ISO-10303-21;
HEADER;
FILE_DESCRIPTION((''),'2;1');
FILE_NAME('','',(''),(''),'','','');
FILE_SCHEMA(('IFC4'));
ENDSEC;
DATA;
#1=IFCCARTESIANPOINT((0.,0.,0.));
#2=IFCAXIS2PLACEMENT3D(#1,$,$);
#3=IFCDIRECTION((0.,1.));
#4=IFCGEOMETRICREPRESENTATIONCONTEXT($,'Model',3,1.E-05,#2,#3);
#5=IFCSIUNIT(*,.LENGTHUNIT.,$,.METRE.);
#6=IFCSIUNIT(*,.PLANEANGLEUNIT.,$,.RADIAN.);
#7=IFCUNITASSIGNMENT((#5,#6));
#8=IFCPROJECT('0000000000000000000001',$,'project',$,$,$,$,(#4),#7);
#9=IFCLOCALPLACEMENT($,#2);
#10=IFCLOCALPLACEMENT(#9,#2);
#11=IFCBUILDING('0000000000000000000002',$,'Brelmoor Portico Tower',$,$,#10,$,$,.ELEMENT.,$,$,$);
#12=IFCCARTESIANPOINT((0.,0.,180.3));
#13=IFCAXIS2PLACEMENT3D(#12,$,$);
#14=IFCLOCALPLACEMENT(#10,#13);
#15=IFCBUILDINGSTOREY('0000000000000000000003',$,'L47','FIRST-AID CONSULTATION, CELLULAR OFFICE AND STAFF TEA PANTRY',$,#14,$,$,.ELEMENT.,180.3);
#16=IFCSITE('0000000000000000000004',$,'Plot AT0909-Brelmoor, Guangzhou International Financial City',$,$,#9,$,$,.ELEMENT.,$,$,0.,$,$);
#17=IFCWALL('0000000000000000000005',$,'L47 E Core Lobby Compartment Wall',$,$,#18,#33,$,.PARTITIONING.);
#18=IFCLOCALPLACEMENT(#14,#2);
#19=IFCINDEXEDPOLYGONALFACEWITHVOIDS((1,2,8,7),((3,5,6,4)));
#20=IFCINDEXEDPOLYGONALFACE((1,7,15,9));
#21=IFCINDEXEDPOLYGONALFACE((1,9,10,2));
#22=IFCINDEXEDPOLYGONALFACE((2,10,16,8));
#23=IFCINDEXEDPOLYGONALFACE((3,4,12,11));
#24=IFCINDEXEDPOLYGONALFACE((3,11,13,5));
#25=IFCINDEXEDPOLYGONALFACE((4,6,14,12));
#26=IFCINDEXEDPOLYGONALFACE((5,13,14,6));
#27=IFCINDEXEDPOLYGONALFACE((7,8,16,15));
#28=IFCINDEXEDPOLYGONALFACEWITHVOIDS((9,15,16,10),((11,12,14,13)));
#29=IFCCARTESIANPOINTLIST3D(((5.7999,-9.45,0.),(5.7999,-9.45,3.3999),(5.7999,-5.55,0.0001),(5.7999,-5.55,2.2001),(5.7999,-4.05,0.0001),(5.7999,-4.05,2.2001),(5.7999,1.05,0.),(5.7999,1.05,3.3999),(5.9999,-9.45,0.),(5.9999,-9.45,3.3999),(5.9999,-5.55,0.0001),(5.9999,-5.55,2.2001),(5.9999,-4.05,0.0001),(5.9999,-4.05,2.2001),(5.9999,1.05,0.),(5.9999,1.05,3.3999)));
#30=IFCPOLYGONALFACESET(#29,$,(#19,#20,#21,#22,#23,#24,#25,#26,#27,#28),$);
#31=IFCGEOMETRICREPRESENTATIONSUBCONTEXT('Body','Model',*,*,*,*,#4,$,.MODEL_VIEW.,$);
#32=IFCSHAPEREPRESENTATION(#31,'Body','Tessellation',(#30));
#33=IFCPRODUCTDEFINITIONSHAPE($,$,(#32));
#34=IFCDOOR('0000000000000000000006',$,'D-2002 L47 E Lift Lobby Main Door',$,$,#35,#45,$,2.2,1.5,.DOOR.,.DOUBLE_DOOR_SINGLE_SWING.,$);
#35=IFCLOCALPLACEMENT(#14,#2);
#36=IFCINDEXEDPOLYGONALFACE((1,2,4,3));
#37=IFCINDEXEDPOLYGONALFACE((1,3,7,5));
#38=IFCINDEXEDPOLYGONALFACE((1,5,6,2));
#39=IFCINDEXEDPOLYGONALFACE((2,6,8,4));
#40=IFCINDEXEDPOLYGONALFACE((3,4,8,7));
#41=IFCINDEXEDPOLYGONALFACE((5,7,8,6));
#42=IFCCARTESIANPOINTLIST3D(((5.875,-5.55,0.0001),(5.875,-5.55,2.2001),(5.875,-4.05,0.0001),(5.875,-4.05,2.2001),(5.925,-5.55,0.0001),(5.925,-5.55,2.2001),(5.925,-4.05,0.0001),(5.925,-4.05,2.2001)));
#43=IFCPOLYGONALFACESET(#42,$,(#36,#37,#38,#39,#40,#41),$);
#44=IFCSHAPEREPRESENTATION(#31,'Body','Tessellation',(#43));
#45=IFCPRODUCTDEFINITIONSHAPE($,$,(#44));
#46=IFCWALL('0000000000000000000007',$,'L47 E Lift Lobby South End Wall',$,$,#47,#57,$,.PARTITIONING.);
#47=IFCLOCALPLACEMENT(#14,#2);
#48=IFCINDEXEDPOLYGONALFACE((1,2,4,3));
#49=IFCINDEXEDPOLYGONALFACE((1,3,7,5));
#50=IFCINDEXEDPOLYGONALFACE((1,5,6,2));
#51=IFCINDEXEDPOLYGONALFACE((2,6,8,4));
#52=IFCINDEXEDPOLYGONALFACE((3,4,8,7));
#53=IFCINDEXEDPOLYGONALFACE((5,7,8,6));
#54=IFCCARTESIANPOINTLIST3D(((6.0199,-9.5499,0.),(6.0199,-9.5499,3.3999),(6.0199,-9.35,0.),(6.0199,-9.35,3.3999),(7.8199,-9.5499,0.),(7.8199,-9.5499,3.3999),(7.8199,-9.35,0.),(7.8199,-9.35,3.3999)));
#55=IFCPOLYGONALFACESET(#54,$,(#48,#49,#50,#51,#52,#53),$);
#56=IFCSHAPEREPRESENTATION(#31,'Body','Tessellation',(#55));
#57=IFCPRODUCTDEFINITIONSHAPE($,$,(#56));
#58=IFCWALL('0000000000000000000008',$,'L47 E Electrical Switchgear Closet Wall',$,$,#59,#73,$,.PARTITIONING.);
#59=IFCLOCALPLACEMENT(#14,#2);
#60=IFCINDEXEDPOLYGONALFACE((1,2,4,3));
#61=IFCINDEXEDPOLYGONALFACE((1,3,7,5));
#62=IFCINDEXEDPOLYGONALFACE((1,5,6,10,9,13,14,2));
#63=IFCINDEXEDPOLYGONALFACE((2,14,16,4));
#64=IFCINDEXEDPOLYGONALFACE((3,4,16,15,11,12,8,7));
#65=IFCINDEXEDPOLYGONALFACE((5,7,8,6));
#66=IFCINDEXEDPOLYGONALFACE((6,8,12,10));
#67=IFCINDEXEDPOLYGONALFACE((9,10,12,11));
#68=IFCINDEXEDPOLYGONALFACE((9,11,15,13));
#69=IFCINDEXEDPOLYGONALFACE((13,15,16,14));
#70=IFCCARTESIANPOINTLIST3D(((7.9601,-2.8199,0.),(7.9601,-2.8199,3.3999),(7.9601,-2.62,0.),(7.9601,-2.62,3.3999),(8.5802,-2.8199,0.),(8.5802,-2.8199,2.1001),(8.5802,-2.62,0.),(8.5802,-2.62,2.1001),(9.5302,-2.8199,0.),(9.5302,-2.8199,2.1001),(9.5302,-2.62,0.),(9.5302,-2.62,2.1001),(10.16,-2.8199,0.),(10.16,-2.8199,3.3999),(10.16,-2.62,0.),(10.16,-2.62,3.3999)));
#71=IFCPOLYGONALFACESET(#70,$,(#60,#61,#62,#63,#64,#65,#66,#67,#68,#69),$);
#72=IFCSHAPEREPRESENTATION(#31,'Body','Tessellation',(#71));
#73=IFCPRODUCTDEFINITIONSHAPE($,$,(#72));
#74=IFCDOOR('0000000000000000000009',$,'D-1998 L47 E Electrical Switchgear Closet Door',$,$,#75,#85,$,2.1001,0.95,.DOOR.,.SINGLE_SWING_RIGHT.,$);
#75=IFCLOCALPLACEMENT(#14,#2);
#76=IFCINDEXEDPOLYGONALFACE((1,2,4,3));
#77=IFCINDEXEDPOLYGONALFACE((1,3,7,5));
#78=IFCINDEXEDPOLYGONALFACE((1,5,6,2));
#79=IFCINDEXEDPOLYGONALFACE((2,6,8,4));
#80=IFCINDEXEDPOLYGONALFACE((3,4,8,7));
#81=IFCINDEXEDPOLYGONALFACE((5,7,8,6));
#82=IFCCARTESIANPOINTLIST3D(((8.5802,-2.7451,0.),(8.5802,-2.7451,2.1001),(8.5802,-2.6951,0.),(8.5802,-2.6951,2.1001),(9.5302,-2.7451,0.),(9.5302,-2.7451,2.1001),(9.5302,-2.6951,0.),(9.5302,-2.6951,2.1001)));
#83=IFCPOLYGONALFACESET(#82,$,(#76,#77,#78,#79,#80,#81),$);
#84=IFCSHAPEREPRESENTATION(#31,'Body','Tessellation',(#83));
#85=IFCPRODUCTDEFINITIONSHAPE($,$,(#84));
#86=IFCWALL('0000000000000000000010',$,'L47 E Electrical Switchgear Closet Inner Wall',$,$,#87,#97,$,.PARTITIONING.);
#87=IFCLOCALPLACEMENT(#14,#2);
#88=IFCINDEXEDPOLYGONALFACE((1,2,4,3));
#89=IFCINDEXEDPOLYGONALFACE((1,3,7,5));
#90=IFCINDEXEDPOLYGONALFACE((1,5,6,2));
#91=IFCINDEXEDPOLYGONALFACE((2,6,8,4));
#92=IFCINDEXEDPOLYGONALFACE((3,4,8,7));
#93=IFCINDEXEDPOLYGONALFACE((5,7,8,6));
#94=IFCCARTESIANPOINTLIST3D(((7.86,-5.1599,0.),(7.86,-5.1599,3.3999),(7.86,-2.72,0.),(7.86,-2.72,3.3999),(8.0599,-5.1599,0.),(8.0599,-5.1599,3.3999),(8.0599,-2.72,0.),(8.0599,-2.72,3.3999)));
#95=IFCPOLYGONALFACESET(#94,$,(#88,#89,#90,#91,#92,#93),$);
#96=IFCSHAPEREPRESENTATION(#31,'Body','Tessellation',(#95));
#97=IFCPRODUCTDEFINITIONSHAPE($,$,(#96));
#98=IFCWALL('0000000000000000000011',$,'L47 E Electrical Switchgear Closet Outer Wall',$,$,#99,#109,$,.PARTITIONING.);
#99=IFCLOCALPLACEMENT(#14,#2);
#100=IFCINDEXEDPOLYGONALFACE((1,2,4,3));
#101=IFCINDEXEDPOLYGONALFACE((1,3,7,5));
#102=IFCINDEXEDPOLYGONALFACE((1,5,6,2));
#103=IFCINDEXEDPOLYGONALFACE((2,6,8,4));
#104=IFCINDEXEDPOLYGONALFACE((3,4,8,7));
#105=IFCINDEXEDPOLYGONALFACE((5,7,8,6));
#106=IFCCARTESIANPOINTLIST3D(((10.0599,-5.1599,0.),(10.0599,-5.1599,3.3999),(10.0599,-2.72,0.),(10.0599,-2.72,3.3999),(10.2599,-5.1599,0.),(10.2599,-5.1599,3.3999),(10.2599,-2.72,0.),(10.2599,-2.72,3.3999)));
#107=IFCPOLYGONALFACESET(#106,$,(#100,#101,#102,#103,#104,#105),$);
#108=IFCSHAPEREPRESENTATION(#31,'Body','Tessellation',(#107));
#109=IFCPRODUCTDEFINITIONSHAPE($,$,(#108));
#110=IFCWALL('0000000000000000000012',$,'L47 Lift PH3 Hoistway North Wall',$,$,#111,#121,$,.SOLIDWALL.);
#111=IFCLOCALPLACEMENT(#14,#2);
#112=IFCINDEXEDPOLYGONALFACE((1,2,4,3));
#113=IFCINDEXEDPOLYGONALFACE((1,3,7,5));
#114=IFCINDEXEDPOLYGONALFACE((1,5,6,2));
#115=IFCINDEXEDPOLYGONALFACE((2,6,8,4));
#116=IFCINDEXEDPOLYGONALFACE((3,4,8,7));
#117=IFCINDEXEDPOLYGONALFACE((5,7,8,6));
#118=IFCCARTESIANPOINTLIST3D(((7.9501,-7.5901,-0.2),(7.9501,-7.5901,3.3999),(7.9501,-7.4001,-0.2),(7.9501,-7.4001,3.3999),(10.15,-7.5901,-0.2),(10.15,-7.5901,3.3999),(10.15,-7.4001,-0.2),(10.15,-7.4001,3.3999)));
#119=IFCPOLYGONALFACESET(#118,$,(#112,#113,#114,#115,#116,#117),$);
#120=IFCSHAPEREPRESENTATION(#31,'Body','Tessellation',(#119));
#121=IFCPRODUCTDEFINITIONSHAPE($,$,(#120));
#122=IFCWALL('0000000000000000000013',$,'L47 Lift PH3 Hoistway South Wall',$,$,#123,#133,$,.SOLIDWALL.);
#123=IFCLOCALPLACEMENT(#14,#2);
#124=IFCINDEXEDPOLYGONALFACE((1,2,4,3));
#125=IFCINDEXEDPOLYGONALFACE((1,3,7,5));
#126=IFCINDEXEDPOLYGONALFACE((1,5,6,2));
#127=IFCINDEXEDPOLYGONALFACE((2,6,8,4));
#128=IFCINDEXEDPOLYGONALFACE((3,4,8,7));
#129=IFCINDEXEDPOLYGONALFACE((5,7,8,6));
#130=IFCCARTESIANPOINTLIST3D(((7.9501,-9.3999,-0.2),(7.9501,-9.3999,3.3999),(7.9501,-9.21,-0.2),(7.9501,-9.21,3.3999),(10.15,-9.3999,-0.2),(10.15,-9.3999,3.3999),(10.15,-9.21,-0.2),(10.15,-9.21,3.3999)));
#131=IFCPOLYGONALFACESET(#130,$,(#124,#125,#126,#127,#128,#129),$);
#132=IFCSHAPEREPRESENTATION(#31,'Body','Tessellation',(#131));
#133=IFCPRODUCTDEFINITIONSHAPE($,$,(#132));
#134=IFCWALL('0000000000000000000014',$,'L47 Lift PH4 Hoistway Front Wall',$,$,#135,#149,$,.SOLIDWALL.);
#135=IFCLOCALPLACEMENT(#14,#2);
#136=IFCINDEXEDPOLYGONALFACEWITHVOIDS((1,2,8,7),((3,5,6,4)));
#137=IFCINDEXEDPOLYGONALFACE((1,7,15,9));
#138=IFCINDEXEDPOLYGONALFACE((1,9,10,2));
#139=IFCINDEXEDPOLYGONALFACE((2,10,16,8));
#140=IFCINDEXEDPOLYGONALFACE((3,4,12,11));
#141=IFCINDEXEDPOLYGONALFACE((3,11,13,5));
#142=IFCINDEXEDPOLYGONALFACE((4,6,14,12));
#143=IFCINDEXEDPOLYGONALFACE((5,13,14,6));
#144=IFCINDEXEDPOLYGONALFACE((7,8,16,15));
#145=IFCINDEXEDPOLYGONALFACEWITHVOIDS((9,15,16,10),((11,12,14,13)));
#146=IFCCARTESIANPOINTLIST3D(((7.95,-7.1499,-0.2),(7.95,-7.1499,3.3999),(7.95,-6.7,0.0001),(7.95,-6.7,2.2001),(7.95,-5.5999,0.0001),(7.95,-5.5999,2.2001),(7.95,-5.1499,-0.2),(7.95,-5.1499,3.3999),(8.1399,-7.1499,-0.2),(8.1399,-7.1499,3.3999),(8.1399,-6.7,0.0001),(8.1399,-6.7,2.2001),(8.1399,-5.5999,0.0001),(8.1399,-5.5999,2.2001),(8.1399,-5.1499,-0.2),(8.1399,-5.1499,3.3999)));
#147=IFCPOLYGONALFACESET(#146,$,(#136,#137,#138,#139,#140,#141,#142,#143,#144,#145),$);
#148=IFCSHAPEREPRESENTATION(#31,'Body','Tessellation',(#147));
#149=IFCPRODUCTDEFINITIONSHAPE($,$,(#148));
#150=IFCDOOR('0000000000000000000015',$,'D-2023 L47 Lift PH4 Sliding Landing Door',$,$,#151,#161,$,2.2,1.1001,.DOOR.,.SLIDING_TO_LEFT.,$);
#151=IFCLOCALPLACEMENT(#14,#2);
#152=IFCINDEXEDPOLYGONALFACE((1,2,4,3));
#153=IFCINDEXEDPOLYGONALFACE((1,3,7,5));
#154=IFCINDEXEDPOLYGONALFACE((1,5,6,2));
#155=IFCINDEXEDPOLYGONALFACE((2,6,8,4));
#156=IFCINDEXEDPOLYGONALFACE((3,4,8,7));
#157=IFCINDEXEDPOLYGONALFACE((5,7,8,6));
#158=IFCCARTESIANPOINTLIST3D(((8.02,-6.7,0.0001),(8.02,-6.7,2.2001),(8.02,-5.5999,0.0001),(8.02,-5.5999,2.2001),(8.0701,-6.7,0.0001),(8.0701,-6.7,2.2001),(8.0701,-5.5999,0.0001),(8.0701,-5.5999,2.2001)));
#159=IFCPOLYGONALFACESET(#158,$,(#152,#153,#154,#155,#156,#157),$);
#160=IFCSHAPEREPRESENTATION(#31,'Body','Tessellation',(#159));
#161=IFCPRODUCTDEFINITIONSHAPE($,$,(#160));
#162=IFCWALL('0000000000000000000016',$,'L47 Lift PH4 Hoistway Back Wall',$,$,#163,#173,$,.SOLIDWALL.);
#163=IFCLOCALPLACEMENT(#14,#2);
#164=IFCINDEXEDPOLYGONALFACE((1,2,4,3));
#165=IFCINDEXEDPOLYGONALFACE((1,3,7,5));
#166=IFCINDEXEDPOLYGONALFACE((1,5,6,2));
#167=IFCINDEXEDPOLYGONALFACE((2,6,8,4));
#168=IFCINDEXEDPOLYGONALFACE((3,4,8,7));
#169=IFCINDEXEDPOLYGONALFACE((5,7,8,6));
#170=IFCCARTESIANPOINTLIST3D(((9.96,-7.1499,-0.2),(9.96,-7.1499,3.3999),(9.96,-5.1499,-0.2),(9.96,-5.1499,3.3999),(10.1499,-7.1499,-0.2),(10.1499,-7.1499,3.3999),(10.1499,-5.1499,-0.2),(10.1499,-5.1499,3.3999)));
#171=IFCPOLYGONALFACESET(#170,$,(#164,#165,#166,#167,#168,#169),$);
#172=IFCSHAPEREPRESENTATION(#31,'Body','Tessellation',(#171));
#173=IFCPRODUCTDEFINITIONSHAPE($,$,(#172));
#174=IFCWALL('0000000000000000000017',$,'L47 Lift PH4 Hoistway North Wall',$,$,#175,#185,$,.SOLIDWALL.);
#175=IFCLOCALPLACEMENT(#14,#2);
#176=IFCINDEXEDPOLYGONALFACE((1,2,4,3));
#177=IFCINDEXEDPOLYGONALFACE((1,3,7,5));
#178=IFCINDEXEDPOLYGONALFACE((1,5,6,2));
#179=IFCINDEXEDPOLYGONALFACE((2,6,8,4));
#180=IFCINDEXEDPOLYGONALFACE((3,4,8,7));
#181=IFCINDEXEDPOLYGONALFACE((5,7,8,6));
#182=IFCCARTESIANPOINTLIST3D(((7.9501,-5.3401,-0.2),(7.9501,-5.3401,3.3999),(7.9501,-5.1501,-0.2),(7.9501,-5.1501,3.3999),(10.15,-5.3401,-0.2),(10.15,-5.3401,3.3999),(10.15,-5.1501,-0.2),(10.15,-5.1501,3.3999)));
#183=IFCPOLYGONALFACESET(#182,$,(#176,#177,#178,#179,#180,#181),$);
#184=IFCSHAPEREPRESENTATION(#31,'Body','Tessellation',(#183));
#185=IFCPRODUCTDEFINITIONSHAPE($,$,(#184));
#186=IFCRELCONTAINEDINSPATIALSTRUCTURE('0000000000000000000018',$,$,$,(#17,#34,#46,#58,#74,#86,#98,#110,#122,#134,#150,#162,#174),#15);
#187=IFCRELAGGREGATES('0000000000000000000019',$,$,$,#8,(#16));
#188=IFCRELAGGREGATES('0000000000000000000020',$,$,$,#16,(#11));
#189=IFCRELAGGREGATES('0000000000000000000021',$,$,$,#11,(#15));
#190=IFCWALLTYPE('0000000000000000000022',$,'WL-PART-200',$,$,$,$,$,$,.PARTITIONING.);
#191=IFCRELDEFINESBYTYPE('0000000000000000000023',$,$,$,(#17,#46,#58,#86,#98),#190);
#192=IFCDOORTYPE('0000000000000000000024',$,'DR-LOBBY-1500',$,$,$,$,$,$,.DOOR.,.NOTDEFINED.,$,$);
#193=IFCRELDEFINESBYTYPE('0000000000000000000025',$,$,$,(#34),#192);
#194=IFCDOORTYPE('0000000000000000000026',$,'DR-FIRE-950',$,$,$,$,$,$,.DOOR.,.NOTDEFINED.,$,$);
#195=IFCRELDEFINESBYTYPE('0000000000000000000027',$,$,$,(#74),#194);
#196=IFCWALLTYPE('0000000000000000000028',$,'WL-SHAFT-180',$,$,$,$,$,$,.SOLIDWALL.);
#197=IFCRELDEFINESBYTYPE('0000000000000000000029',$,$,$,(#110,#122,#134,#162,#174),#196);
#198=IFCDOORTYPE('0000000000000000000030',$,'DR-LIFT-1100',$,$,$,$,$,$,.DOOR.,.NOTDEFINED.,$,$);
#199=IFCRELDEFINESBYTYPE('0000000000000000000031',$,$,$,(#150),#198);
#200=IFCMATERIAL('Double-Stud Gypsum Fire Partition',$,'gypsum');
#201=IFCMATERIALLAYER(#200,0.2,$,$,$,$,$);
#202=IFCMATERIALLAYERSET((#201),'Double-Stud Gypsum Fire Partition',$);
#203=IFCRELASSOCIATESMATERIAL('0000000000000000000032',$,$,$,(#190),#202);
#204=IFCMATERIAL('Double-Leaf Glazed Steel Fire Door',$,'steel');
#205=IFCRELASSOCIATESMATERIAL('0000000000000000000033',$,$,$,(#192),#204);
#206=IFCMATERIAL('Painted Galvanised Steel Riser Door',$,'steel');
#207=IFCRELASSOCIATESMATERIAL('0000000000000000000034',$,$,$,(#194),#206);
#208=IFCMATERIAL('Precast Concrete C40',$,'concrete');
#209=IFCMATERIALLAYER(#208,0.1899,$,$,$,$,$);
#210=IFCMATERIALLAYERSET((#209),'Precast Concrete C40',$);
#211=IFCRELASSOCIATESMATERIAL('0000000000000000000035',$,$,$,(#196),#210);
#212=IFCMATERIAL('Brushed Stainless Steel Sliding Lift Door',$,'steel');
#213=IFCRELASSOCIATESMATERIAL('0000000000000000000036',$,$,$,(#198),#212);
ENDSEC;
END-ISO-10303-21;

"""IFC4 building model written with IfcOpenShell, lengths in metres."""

from ifc_helpers import new_model, si_unit, direction, frame, frame_2d, origin, place, context, subcontext, project, spatial, rectangle, extrude, material, layer, layer_set, type_object, element, fill, save


model = new_model("IFC4")

# Units and contexts
model_context = context("Model", 3, precision=1e-05, world=origin(), true_north=direction((0.0, 1.0)))
body_context = subcontext(model_context, "Body", "Model", "MODEL_VIEW")
ifc_project = project(units=[si_unit("LENGTHUNIT", "METRE"), si_unit("PLANEANGLEUNIT", "RADIAN")], contexts=[model_context])

# Site, building, storey
site_placement = place(None, origin())
site = spatial("IfcSite", under=ifc_project, at=site_placement, Name="Plot AT0909-Brelmoor, Guangzhou International Financial City", CompositionType="ELEMENT", RefElevation=0.0)
building_placement = place(site_placement, origin())
building = spatial("IfcBuilding", under=site, at=building_placement, Name="Brelmoor Portico Tower", CompositionType="ELEMENT")
storey_placement = place(building_placement, frame((0.0, 0.0, 180.3)))
storey = spatial("IfcBuildingStorey", under=building, at=storey_placement, Name="L47", Description="FIRST-AID CONSULTATION, CELLULAR OFFICE AND STAFF TEA PANTRY", CompositionType="ELEMENT", Elevation=180.3)

# Wall, opening, door
ifc_material_1 = material(Name="Double-Stud Gypsum Fire Partition", Category="gypsum")
ifc_layer_1 = layer(ifc_material_1, 0.2)
ifc_layer_set_1 = layer_set([ifc_layer_1], Name="Double-Stud Gypsum Fire Partition")
wall_type_1 = type_object("IfcWallType", Name="WL-PART-200", PredefinedType="PARTITIONING", material=ifc_layer_set_1)
wall_1_placement = place(storey_placement, frame((5.8999, -9.45, 0.0), z_axis=(0.0, 0.0, 1.0), x_axis=(0.0, 1.0, 0.0)))
wall_1 = element("IfcWall", 1, at=wall_1_placement, inside=storey, type_object=wall_type_1, Name="L47 E Core Lobby Compartment Wall", PredefinedType="PARTITIONING", context=body_context, shape_type="SweptSolid", body=[
    extrude(rectangle(XDim=10.5, YDim=0.2, at=frame_2d((5.25, 0.0))), origin(), (0.0, 0.0, 1.0), 3.3999),
])
opening_1_placement = place(wall_1_placement, frame((3.8999, 0.0, 0.0)))
opening_1 = element("IfcOpeningElement", 2, at=opening_1_placement, cuts=wall_1, PredefinedType="OPENING", context=body_context, shape_type="SweptSolid", body=[
    extrude(rectangle(XDim=1.5, YDim=2.2, at=frame_2d((0.75, 1.1001))), frame((0.0, 0.1099, 0.0), z_axis=(0.0, -1.0, 0.0), x_axis=(1.0, 0.0, 0.0)), (0.0, 0.0, 1.0), 0.22),
])
ifc_material_2 = material(Name="Double-Leaf Glazed Steel Fire Door", Category="steel")
door_type_1 = type_object("IfcDoorType", Name="DR-LOBBY-1500", OperationType="NOTDEFINED", PredefinedType="DOOR", material=ifc_material_2)
door_1_placement = place(opening_1_placement, origin())
door_1 = element("IfcDoor", 3, at=door_1_placement, inside=storey, type_object=door_type_1, Name="D-2002 L47 E Lift Lobby Main Door", OperationType="DOUBLE_DOOR_SINGLE_SWING", OverallHeight=2.2, OverallWidth=1.5, PredefinedType="DOOR", context=body_context, shape_type="SweptSolid", body=[
    extrude(rectangle(XDim=1.5, YDim=2.2, at=frame_2d((0.75, 1.1001))), frame((0.0, 0.0249, 0.0), z_axis=(0.0, -1.0, 0.0), x_axis=(1.0, 0.0, 0.0)), (0.0, 0.0, 1.0), 0.05),
])
fill(opening_1, door_1)

# Wall
wall_2_placement = place(storey_placement, frame((6.02, -9.45, 0.0), z_axis=(0.0, 0.0, 1.0), x_axis=(1.0, 0.0, 0.0)))
element("IfcWall", 4, at=wall_2_placement, inside=storey, type_object=wall_type_1, Name="L47 E Lift Lobby South End Wall", PredefinedType="PARTITIONING", context=body_context, shape_type="SweptSolid", body=[
    extrude(rectangle(XDim=1.8, YDim=0.2, at=frame_2d((0.8999, 0.0))), origin(), (0.0, 0.0, 1.0), 3.3999),
])

# Wall, opening, door
wall_3_placement = place(storey_placement, frame((7.96, -2.72, 0.0), z_axis=(0.0, 0.0, 1.0), x_axis=(1.0, 0.0, 0.0)))
wall_3 = element("IfcWall", 5, at=wall_3_placement, inside=storey, type_object=wall_type_1, Name="L47 E Electrical Switchgear Closet Wall", PredefinedType="PARTITIONING", context=body_context, shape_type="SweptSolid", body=[
    extrude(rectangle(XDim=2.2, YDim=0.2, at=frame_2d((1.1001, 0.0))), origin(), (0.0, 0.0, 1.0), 3.3999),
])
opening_2_placement = place(wall_3_placement, frame((0.6201, 0.0, 0.0)))
opening_2 = element("IfcOpeningElement", 6, at=opening_2_placement, cuts=wall_3, PredefinedType="OPENING", context=body_context, shape_type="SweptSolid", body=[
    extrude(rectangle(XDim=0.95, YDim=2.1001, at=frame_2d((0.4751, 1.05))), frame((0.0, 0.1099, 0.0), z_axis=(0.0, -1.0, 0.0), x_axis=(1.0, 0.0, 0.0)), (0.0, 0.0, 1.0), 0.22),
])
ifc_material_3 = material(Name="Painted Galvanised Steel Riser Door", Category="steel")
door_type_2 = type_object("IfcDoorType", Name="DR-FIRE-950", OperationType="NOTDEFINED", PredefinedType="DOOR", material=ifc_material_3)
door_2_placement = place(opening_2_placement, origin())
door_2 = element("IfcDoor", 7, at=door_2_placement, inside=storey, type_object=door_type_2, Name="D-1998 L47 E Electrical Switchgear Closet Door", OperationType="SINGLE_SWING_RIGHT", OverallHeight=2.1001, OverallWidth=0.95, PredefinedType="DOOR", context=body_context, shape_type="SweptSolid", body=[
    extrude(rectangle(XDim=0.95, YDim=2.1001, at=frame_2d((0.4751, 1.05))), frame((0.0, 0.0249, 0.0), z_axis=(0.0, -1.0, 0.0), x_axis=(1.0, 0.0, 0.0)), (0.0, 0.0, 1.0), 0.05),
])
fill(opening_2, door_2)

# Walls
for number, where, z_axis, x_axis, name in (
    (8, (7.96, -5.1599, 0.0), (0.0, 0.0, 1.0), (0.0, 1.0, 0.0), "L47 E Electrical Switchgear Closet Inner Wall"),
    (9, (10.1599, -5.1599, 0.0), (0.0, 0.0, 1.0), (0.0, 1.0, 0.0), "L47 E Electrical Switchgear Closet Outer Wall"),
):
    element("IfcWall", number, at=place(storey_placement, frame(where, z_axis=z_axis, x_axis=x_axis)), inside=storey, type_object=wall_type_1, Name=name, PredefinedType="PARTITIONING", context=body_context, shape_type="SweptSolid", body=[
        extrude(rectangle(XDim=2.4399, YDim=0.2, at=frame_2d((1.22, 0.0))), origin(), (0.0, 0.0, 1.0), 3.3999),
    ])
ifc_material_4 = material(Name="Precast Concrete C40", Category="concrete")
ifc_layer_2 = layer(ifc_material_4, 0.1899)
ifc_layer_set_2 = layer_set([ifc_layer_2], Name="Precast Concrete C40")
wall_type_2 = type_object("IfcWallType", Name="WL-SHAFT-180", PredefinedType="SOLIDWALL", material=ifc_layer_set_2)
for number, where, z_axis, x_axis, name in (
    (10, (7.95, -7.4951, -0.2), (0.0, 0.0, 1.0), (1.0, 0.0, 0.0), "L47 Lift PH3 Hoistway North Wall"),
    (11, (7.95, -9.3049, -0.2), (0.0, 0.0, 1.0), (1.0, 0.0, 0.0), "L47 Lift PH3 Hoistway South Wall"),
):
    element("IfcWall", number, at=place(storey_placement, frame(where, z_axis=z_axis, x_axis=x_axis)), inside=storey, type_object=wall_type_2, Name=name, PredefinedType="SOLIDWALL", context=body_context, shape_type="SweptSolid", body=[
        extrude(rectangle(XDim=2.2, YDim=0.1899, at=frame_2d((1.1001, 0.0))), origin(), (0.0, 0.0, 1.0), 3.5999),
    ])

# Wall, opening, door
wall_4_placement = place(storey_placement, frame((8.0449, -7.1499, -0.2), z_axis=(0.0, 0.0, 1.0), x_axis=(0.0, 1.0, 0.0)))
wall_4 = element("IfcWall", 12, at=wall_4_placement, inside=storey, type_object=wall_type_2, Name="L47 Lift PH4 Hoistway Front Wall", PredefinedType="SOLIDWALL", context=body_context, shape_type="SweptSolid", body=[
    extrude(rectangle(XDim=2.0, YDim=0.1899, at=frame_2d((1.0, 0.0))), origin(), (0.0, 0.0, 1.0), 3.5999),
])
opening_3_placement = place(wall_4_placement, frame((0.45, 0.0, 0.2)))
opening_3 = element("IfcOpeningElement", 13, at=opening_3_placement, cuts=wall_4, PredefinedType="OPENING", context=body_context, shape_type="SweptSolid", body=[
    extrude(rectangle(XDim=1.1001, YDim=2.2, at=frame_2d((0.55, 1.1001))), frame((0.0, 0.105, 0.0), z_axis=(0.0, -1.0, 0.0), x_axis=(1.0, 0.0, 0.0)), (0.0, 0.0, 1.0), 0.21),
])
ifc_material_5 = material(Name="Brushed Stainless Steel Sliding Lift Door", Category="steel")
door_type_3 = type_object("IfcDoorType", Name="DR-LIFT-1100", OperationType="NOTDEFINED", PredefinedType="DOOR", material=ifc_material_5)
door_3_placement = place(opening_3_placement, origin())
door_3 = element("IfcDoor", 14, at=door_3_placement, inside=storey, type_object=door_type_3, Name="D-2023 L47 Lift PH4 Sliding Landing Door", OperationType="SLIDING_TO_LEFT", OverallHeight=2.2, OverallWidth=1.1001, PredefinedType="DOOR", context=body_context, shape_type="SweptSolid", body=[
    extrude(rectangle(XDim=1.1001, YDim=2.2, at=frame_2d((0.55, 1.1001))), frame((0.0, 0.0249, 0.0), z_axis=(0.0, -1.0, 0.0), x_axis=(1.0, 0.0, 0.0)), (0.0, 0.0, 1.0), 0.05),
])
fill(opening_3, door_3)

# Walls
wall_5_placement = place(storey_placement, frame((10.0549, -7.1499, -0.2), z_axis=(0.0, 0.0, 1.0), x_axis=(0.0, 1.0, 0.0)))
element("IfcWall", 15, at=wall_5_placement, inside=storey, type_object=wall_type_2, Name="L47 Lift PH4 Hoistway Back Wall", PredefinedType="SOLIDWALL", context=body_context, shape_type="SweptSolid", body=[
    extrude(rectangle(XDim=2.0, YDim=0.1899, at=frame_2d((1.0, 0.0))), origin(), (0.0, 0.0, 1.0), 3.5999),
])
for number, where, z_axis, x_axis, name in (
    (16, (7.95, -5.2451, -0.2), (0.0, 0.0, 1.0), (1.0, 0.0, 0.0), "L47 Lift PH4 Hoistway North Wall"),
):
    element("IfcWall", number, at=place(storey_placement, frame(where, z_axis=z_axis, x_axis=x_axis)), inside=storey, type_object=wall_type_2, Name=name, PredefinedType="SOLIDWALL", context=body_context, shape_type="SweptSolid", body=[
        extrude(rectangle(XDim=2.2, YDim=0.1899, at=frame_2d((1.1001, 0.0))), origin(), (0.0, 0.0, 1.0), 3.5999),
    ])

save(model, "model.ifc")
